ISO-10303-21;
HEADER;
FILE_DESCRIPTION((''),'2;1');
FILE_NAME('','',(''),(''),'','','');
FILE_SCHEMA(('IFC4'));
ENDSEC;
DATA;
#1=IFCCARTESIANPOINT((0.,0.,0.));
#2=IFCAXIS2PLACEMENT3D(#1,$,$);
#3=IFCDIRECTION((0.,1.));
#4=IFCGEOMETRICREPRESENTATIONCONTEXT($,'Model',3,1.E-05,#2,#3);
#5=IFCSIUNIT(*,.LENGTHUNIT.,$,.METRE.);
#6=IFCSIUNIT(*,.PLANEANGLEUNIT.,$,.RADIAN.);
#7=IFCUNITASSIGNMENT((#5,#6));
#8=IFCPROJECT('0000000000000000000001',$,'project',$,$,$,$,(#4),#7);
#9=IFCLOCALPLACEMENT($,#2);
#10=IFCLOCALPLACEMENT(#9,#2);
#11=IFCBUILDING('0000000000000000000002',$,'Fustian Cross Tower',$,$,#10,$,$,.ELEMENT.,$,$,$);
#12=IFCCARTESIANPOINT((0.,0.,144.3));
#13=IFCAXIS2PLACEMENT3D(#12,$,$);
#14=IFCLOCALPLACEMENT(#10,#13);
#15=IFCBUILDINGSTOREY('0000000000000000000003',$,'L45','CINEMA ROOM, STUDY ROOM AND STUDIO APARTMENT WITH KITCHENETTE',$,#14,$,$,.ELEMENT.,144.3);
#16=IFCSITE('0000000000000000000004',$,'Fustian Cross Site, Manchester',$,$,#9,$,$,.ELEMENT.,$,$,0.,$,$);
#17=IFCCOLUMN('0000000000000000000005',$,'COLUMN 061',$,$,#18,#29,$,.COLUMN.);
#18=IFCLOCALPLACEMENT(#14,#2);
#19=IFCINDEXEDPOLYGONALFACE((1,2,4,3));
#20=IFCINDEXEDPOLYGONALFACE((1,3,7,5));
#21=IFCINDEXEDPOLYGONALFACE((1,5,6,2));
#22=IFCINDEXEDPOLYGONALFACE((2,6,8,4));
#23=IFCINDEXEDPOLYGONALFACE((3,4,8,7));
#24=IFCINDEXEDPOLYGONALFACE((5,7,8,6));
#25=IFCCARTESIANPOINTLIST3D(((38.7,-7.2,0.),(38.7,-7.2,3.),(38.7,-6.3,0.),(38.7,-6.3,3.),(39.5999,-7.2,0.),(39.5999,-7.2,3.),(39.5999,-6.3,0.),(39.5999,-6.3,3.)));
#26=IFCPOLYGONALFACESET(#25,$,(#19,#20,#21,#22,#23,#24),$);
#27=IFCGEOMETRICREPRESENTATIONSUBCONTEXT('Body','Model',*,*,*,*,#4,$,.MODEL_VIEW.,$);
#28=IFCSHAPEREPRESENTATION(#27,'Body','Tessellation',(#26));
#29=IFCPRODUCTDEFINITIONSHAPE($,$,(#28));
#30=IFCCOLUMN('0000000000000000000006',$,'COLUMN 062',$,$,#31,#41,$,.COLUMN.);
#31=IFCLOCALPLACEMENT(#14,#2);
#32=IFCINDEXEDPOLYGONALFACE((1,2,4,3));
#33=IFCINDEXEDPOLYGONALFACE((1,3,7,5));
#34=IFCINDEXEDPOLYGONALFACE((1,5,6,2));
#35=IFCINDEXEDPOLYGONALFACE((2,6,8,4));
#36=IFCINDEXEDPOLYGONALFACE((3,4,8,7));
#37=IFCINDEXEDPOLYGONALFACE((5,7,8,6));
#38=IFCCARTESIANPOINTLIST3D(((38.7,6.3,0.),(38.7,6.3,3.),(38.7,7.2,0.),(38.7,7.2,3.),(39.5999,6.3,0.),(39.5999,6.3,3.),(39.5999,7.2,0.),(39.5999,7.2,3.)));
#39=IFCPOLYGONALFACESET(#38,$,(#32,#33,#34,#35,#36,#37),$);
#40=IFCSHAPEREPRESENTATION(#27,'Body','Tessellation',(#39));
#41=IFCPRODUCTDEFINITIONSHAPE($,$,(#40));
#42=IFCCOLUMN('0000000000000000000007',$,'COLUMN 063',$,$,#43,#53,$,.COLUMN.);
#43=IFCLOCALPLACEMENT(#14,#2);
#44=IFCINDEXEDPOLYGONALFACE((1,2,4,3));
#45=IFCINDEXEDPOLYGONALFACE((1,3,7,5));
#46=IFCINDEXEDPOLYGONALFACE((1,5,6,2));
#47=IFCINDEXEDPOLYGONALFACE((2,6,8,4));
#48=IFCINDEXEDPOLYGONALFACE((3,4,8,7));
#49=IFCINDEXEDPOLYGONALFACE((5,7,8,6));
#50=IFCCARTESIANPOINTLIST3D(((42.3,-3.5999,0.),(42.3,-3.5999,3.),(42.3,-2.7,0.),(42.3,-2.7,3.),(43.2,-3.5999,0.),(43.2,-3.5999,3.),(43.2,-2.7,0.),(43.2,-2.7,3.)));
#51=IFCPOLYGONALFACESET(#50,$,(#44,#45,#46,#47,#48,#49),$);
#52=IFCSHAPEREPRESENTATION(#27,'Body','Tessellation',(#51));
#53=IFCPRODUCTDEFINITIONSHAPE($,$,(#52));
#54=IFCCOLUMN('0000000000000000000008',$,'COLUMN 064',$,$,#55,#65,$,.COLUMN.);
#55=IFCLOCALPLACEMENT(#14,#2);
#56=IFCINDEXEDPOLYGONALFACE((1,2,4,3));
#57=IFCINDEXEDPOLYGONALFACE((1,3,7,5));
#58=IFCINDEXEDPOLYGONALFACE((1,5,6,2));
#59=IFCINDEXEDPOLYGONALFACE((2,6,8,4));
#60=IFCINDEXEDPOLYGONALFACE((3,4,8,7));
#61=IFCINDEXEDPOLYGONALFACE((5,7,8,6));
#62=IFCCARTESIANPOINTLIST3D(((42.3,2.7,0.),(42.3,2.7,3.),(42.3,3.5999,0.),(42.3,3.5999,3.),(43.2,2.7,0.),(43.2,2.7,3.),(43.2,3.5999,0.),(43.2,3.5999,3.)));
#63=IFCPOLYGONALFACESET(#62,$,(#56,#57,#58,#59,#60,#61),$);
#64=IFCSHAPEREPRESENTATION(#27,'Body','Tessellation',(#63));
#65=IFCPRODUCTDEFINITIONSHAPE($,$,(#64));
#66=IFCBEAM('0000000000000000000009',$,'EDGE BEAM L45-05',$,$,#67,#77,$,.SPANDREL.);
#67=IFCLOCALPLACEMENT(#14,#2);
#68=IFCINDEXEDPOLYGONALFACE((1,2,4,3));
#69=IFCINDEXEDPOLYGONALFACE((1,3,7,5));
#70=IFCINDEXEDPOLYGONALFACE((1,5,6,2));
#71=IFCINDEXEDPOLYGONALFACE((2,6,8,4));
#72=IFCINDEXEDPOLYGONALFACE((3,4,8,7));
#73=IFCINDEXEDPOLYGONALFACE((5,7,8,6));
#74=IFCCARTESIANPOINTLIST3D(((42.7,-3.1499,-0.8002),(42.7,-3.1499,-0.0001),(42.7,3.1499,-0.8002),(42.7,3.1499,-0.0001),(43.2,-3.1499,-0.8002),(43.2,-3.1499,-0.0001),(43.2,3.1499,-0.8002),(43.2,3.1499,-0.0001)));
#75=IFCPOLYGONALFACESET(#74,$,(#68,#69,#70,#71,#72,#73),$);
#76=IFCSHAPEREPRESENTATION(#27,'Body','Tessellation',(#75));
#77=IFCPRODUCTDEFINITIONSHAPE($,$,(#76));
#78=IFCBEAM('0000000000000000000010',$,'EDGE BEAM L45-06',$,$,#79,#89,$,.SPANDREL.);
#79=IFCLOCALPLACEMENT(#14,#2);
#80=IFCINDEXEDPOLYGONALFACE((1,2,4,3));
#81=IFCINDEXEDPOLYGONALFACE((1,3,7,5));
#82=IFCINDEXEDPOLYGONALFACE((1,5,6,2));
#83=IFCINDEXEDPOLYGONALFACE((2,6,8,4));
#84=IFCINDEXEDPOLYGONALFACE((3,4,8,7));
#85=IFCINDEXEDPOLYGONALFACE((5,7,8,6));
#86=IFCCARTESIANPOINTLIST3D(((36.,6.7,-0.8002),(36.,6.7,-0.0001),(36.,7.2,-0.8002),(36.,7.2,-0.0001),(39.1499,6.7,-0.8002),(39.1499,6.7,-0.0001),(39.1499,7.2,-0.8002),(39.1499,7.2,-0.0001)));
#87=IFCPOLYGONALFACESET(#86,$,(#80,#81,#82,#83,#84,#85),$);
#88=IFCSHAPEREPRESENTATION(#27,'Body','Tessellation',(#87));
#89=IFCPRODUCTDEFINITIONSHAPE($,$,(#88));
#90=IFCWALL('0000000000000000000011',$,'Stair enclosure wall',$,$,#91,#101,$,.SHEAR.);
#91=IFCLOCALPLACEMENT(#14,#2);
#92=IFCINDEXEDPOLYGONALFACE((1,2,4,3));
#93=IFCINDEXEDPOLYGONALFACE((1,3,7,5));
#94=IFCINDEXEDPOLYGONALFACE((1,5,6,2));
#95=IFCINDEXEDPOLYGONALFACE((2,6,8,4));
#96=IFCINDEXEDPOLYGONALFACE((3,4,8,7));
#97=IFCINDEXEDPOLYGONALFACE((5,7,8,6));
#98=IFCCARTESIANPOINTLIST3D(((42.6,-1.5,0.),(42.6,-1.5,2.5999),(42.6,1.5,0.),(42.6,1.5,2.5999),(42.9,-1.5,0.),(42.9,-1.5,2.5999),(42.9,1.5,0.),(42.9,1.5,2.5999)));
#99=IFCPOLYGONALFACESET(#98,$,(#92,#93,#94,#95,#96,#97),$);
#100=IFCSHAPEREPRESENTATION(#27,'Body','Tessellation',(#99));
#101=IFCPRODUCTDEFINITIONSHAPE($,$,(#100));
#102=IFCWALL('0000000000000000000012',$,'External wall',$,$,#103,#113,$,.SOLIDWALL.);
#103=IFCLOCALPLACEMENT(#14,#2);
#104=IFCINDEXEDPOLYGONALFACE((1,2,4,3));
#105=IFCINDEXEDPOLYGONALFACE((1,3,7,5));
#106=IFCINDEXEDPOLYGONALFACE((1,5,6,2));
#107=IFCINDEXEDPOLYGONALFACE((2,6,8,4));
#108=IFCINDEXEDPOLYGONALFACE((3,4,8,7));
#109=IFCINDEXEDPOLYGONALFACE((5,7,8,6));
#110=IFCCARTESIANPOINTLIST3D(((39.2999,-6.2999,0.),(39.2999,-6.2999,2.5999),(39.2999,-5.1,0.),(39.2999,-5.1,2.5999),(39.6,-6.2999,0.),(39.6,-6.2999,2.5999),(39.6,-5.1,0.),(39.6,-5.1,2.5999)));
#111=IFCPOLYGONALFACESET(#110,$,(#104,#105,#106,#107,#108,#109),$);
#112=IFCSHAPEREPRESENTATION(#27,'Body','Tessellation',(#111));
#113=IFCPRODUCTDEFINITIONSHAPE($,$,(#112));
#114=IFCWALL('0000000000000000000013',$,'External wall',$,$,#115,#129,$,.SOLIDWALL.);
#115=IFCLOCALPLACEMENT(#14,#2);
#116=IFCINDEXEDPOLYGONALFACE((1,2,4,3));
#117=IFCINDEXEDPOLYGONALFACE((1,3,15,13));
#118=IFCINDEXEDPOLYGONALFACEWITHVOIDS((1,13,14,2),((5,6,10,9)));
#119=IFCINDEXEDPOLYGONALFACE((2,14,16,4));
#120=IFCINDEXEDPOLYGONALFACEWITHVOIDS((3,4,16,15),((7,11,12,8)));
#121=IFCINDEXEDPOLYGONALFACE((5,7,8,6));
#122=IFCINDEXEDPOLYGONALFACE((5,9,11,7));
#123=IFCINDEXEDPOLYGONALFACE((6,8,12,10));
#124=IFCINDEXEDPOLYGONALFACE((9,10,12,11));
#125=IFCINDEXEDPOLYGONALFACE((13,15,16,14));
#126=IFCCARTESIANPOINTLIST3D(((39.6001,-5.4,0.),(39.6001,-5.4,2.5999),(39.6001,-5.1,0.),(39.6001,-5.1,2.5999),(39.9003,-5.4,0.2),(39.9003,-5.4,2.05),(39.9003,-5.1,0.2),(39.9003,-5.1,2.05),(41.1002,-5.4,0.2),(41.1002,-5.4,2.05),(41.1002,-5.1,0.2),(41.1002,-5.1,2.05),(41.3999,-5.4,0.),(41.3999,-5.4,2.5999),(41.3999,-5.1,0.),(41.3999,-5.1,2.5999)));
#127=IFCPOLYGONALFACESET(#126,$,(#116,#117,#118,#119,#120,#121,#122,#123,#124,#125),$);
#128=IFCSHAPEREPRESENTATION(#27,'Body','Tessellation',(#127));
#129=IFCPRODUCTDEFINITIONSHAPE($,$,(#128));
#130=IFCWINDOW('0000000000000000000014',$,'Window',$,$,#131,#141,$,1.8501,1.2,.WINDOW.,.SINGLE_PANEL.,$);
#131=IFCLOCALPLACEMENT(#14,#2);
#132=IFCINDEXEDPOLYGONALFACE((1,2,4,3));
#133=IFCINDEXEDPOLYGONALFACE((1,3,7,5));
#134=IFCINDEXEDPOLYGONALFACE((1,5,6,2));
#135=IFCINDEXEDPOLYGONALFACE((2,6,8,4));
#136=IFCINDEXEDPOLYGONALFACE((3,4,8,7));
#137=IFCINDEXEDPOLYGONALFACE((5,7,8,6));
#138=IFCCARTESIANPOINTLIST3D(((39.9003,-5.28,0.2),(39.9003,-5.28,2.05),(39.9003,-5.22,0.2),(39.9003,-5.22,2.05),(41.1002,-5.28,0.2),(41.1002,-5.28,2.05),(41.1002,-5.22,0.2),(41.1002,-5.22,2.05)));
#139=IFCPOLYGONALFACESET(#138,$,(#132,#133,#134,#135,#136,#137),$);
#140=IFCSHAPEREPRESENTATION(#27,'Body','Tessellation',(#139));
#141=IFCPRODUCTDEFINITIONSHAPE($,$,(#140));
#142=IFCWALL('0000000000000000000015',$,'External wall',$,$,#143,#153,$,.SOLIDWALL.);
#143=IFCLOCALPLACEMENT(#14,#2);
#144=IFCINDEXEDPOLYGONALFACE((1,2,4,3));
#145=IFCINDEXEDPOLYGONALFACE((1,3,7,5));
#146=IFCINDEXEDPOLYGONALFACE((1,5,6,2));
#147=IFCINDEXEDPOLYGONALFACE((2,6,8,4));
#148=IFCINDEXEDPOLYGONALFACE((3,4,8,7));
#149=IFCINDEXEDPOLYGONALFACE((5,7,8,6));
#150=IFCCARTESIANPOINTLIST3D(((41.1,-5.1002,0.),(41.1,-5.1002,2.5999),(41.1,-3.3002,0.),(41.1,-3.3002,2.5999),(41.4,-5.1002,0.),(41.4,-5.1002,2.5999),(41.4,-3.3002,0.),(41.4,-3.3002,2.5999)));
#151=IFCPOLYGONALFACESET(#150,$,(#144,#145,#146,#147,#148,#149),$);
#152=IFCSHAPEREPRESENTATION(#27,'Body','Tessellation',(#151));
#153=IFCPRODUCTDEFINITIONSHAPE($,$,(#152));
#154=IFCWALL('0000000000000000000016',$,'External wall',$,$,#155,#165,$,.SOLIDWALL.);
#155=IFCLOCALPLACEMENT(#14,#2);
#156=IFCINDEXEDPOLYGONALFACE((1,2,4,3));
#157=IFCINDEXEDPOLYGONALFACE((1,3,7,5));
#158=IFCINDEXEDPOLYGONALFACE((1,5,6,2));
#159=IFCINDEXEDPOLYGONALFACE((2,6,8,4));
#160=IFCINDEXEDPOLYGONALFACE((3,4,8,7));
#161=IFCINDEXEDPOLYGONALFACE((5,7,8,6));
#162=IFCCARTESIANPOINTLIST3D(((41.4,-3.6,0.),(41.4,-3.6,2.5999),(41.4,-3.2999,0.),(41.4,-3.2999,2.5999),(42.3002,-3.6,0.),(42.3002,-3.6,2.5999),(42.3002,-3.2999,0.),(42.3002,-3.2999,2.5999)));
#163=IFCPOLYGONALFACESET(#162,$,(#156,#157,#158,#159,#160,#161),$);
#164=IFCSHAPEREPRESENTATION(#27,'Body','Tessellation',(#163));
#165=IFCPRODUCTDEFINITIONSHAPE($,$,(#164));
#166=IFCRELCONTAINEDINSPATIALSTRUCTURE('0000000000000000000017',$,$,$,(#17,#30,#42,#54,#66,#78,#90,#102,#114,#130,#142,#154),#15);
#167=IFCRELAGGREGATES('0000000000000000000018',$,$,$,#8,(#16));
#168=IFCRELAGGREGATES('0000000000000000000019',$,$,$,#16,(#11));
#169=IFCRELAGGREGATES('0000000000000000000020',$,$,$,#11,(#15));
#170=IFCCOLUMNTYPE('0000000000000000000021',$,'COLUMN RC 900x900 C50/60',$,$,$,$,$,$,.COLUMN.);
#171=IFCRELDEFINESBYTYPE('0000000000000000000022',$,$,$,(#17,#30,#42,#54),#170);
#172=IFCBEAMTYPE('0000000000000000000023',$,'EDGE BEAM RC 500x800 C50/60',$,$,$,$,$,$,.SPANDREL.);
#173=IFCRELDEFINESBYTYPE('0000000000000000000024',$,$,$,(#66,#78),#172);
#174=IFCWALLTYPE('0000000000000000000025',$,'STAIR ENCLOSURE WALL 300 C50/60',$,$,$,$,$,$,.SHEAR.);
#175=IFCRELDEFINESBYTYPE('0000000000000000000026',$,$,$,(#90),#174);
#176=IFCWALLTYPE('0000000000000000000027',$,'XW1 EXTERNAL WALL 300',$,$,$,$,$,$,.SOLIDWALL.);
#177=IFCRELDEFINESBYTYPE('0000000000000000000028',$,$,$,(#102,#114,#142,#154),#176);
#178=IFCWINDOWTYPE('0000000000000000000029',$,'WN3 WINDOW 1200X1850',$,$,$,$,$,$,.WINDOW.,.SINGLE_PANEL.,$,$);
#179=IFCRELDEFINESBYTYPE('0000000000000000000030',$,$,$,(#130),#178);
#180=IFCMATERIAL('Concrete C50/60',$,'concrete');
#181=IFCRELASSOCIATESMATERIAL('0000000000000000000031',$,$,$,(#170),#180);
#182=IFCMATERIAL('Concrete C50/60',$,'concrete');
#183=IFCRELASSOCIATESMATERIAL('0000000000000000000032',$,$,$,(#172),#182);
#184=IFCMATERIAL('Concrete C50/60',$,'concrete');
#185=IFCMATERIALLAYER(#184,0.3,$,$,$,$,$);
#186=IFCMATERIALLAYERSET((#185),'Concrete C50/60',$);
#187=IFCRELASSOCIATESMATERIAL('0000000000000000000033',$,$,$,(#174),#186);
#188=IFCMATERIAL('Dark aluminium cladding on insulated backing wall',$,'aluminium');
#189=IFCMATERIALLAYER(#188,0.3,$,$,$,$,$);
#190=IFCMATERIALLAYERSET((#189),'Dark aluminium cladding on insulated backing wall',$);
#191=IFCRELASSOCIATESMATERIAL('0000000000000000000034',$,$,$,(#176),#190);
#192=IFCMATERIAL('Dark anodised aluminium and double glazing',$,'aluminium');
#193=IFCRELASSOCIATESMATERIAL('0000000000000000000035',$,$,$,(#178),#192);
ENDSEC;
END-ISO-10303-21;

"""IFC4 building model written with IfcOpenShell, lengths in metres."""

from ifc_helpers import new_model, si_unit, direction, frame, frame_2d, origin, origin_2d, place, context, subcontext, project, spatial, rectangle, extrude, material, layer, layer_set, material_profile, profile_set, type_object, element, fill, save


model = new_model("IFC4")

# Units and contexts
model_context = context("Model", 3, precision=1e-05, world=origin(), true_north=direction((0.0, 1.0)))
body_context = subcontext(model_context, "Body", "Model", "MODEL_VIEW")
ifc_project = project(units=[si_unit("LENGTHUNIT", "METRE"), si_unit("PLANEANGLEUNIT", "RADIAN")], contexts=[model_context])

# Site, building, storey
site_placement = place(None, origin())
site = spatial("IfcSite", under=ifc_project, at=site_placement, Name="Fustian Cross Site, Manchester", CompositionType="ELEMENT", RefElevation=0.0)
building_placement = place(site_placement, origin())
building = spatial("IfcBuilding", under=site, at=building_placement, Name="Fustian Cross Tower", CompositionType="ELEMENT")
storey_placement = place(building_placement, frame((0.0, 0.0, 144.3)))
storey = spatial("IfcBuildingStorey", under=building, at=storey_placement, Name="L45", Description="CINEMA ROOM, STUDY ROOM AND STUDIO APARTMENT WITH KITCHENETTE", CompositionType="ELEMENT", Elevation=144.3)

# Columns
ifc_material_1 = material(Name="Concrete C50/60", Category="concrete")
ifc_material_profile_1 = material_profile(ifc_material_1, rectangle(XDim=0.8999, YDim=0.8999, at=origin_2d()), Name="RC 900x900")
ifc_profile_set_1 = profile_set([ifc_material_profile_1], Name="Concrete C50/60")
column_type = type_object("IfcColumnType", Name="COLUMN RC 900x900 C50/60", PredefinedType="COLUMN", material=ifc_profile_set_1)
for number, where, z_axis, x_axis, name in (
    (1, (39.1499, -6.75, 0.0), (0.0, 0.0, 1.0), (1.0, 0.0, 0.0), "COLUMN 061"),
    (2, (39.1499, 6.75, 0.0), (0.0, 0.0, 1.0), (1.0, 0.0, 0.0), "COLUMN 062"),
    (3, (42.75, -3.1499, 0.0), (0.0, 0.0, 1.0), (1.0, 0.0, 0.0), "COLUMN 063"),
    (4, (42.75, 3.1499, 0.0), (0.0, 0.0, 1.0), (1.0, 0.0, 0.0), "COLUMN 064"),
):
    element("IfcColumn", number, at=place(storey_placement, frame(where, z_axis=z_axis, x_axis=x_axis)), inside=storey, type_object=column_type, Name=name, PredefinedType="COLUMN", context=body_context, shape_type="SweptSolid", body=[
        extrude(rectangle(XDim=0.8999, YDim=0.8999, at=origin_2d()), origin(), (0.0, 0.0, 1.0), 3.0),
    ])

# Beams
ifc_material_2 = material(Name="Concrete C50/60", Category="concrete")
ifc_material_profile_2 = material_profile(ifc_material_2, rectangle(XDim=0.5, YDim=0.8, at=origin_2d()), Name="RC 500x800")
ifc_profile_set_2 = profile_set([ifc_material_profile_2], Name="Concrete C50/60")
beam_type = type_object("IfcBeamType", Name="EDGE BEAM RC 500x800 C50/60", PredefinedType="SPANDREL", material=ifc_profile_set_2)
beam_1_placement = place(storey_placement, frame((42.95, -3.1499, -0.4001), z_axis=(0.0, 1.0, 0.0), x_axis=(-1.0, 0.0, 0.0)))
element("IfcBeam", 5, at=beam_1_placement, inside=storey, type_object=beam_type, Name="EDGE BEAM L45-05", PredefinedType="SPANDREL", context=body_context, shape_type="SweptSolid", body=[
    extrude(rectangle(XDim=0.5, YDim=0.8, at=origin_2d()), origin(), (0.0, 0.0, 1.0), 6.2998),
])
beam_2_placement = place(storey_placement, frame((39.1499, 6.95, -0.4001), z_axis=(-1.0, 0.0, 0.0), x_axis=(0.0, -1.0, 0.0)))
element("IfcBeam", 6, at=beam_2_placement, inside=storey, type_object=beam_type, Name="EDGE BEAM L45-06", PredefinedType="SPANDREL", context=body_context, shape_type="SweptSolid", body=[
    extrude(rectangle(XDim=0.5, YDim=0.8, at=origin_2d()), origin(), (0.0, 0.0, 1.0), 3.1499),
])

# Walls
ifc_material_3 = material(Name="Concrete C50/60", Category="concrete")
ifc_layer_1 = layer(ifc_material_3, 0.3)
ifc_layer_set_1 = layer_set([ifc_layer_1], Name="Concrete C50/60")
wall_type_1 = type_object("IfcWallType", Name="STAIR ENCLOSURE WALL 300 C50/60", PredefinedType="SHEAR", material=ifc_layer_set_1)
wall_1_placement = place(storey_placement, frame((42.75, -1.5, 0.0), z_axis=(0.0, 0.0, 1.0), x_axis=(0.0, 1.0, 0.0)))
element("IfcWall", 7, at=wall_1_placement, inside=storey, type_object=wall_type_1, Name="Stair enclosure wall", PredefinedType="SHEAR", context=body_context, shape_type="SweptSolid", body=[
    extrude(rectangle(XDim=3.0, YDim=0.3, at=frame_2d((1.5, 0.0))), origin(), (0.0, 0.0, 1.0), 2.5999),
])
ifc_material_4 = material(Name="Dark aluminium cladding on insulated backing wall", Category="aluminium")
ifc_layer_2 = layer(ifc_material_4, 0.3)
ifc_layer_set_2 = layer_set([ifc_layer_2], Name="Dark aluminium cladding on insulated backing wall")
wall_type_2 = type_object("IfcWallType", Name="XW1 EXTERNAL WALL 300", PredefinedType="SOLIDWALL", material=ifc_layer_set_2)
wall_2_placement = place(storey_placement, frame((39.45, -6.3, 0.0), z_axis=(0.0, 0.0, 1.0), x_axis=(0.0, 1.0, 0.0)))
element("IfcWall", 8, at=wall_2_placement, inside=storey, type_object=wall_type_2, Name="External wall", PredefinedType="SOLIDWALL", context=body_context, shape_type="SweptSolid", body=[
    extrude(rectangle(XDim=1.2, YDim=0.3, at=frame_2d((0.6001, 0.0))), origin(), (0.0, 0.0, 1.0), 2.5999),
])

# Wall, opening, window
wall_3_placement = place(storey_placement, frame((39.6001, -5.25, 0.0), z_axis=(0.0, 0.0, 1.0), x_axis=(1.0, 0.0, 0.0)))
wall_3 = element("IfcWall", 9, at=wall_3_placement, inside=storey, type_object=wall_type_2, Name="External wall", PredefinedType="SOLIDWALL", context=body_context, shape_type="SweptSolid", body=[
    extrude(rectangle(XDim=1.7998, YDim=0.3, at=frame_2d((0.8999, 0.0))), origin(), (0.0, 0.0, 1.0), 2.5999),
])
opening_1_placement = place(wall_3_placement, frame((0.3, 0.0, 0.2)))
opening_1 = element("IfcOpeningElement", 10, at=opening_1_placement, cuts=wall_3, PredefinedType="OPENING", context=body_context, shape_type="SweptSolid", body=[
    extrude(rectangle(XDim=1.2, YDim=1.8501, at=frame_2d((0.6001, 0.925))), frame((0.0, 0.1599, 0.0), z_axis=(0.0, -1.0, 0.0), x_axis=(1.0, 0.0, 0.0)), (0.0, 0.0, 1.0), 0.3201),
])
ifc_material_5 = material(Name="Dark anodised aluminium and double glazing", Category="aluminium")
window_type_1 = type_object("IfcWindowType", Name="WN3 WINDOW 1200X1850", PartitioningType="SINGLE_PANEL", PredefinedType="WINDOW", material=ifc_material_5)
window_1_placement = place(opening_1_placement, origin())
window_1 = element("IfcWindow", 11, at=window_1_placement, inside=storey, type_object=window_type_1, Name="Window", OverallHeight=1.8501, OverallWidth=1.2, PartitioningType="SINGLE_PANEL", PredefinedType="WINDOW", context=body_context, shape_type="SweptSolid", body=[
    extrude(rectangle(XDim=1.2, YDim=1.8501, at=frame_2d((0.6001, 0.925))), frame((0.0, 0.03, 0.0), z_axis=(0.0, -1.0, 0.0), x_axis=(1.0, 0.0, 0.0)), (0.0, 0.0, 1.0), 0.0601),
])
fill(opening_1, window_1)

# Walls
wall_4_placement = place(storey_placement, frame((41.25, -5.1001, 0.0), z_axis=(0.0, 0.0, 1.0), x_axis=(0.0, 1.0, 0.0)))
element("IfcWall", 12, at=wall_4_placement, inside=storey, type_object=wall_type_2, Name="External wall", PredefinedType="SOLIDWALL", context=body_context, shape_type="SweptSolid", body=[
    extrude(rectangle(XDim=1.8, YDim=0.3, at=frame_2d((0.8999, 0.0))), origin(), (0.0, 0.0, 1.0), 2.5999),
])
wall_5_placement = place(storey_placement, frame((41.3999, -3.45, 0.0), z_axis=(0.0, 0.0, 1.0), x_axis=(1.0, 0.0, 0.0)))
element("IfcWall", 13, at=wall_5_placement, inside=storey, type_object=wall_type_2, Name="External wall", PredefinedType="SOLIDWALL", context=body_context, shape_type="SweptSolid", body=[
    extrude(rectangle(XDim=0.9001, YDim=0.3, at=frame_2d((0.4502, 0.0))), origin(), (0.0, 0.0, 1.0), 2.5999),
])

save(model, "model.ifc")
